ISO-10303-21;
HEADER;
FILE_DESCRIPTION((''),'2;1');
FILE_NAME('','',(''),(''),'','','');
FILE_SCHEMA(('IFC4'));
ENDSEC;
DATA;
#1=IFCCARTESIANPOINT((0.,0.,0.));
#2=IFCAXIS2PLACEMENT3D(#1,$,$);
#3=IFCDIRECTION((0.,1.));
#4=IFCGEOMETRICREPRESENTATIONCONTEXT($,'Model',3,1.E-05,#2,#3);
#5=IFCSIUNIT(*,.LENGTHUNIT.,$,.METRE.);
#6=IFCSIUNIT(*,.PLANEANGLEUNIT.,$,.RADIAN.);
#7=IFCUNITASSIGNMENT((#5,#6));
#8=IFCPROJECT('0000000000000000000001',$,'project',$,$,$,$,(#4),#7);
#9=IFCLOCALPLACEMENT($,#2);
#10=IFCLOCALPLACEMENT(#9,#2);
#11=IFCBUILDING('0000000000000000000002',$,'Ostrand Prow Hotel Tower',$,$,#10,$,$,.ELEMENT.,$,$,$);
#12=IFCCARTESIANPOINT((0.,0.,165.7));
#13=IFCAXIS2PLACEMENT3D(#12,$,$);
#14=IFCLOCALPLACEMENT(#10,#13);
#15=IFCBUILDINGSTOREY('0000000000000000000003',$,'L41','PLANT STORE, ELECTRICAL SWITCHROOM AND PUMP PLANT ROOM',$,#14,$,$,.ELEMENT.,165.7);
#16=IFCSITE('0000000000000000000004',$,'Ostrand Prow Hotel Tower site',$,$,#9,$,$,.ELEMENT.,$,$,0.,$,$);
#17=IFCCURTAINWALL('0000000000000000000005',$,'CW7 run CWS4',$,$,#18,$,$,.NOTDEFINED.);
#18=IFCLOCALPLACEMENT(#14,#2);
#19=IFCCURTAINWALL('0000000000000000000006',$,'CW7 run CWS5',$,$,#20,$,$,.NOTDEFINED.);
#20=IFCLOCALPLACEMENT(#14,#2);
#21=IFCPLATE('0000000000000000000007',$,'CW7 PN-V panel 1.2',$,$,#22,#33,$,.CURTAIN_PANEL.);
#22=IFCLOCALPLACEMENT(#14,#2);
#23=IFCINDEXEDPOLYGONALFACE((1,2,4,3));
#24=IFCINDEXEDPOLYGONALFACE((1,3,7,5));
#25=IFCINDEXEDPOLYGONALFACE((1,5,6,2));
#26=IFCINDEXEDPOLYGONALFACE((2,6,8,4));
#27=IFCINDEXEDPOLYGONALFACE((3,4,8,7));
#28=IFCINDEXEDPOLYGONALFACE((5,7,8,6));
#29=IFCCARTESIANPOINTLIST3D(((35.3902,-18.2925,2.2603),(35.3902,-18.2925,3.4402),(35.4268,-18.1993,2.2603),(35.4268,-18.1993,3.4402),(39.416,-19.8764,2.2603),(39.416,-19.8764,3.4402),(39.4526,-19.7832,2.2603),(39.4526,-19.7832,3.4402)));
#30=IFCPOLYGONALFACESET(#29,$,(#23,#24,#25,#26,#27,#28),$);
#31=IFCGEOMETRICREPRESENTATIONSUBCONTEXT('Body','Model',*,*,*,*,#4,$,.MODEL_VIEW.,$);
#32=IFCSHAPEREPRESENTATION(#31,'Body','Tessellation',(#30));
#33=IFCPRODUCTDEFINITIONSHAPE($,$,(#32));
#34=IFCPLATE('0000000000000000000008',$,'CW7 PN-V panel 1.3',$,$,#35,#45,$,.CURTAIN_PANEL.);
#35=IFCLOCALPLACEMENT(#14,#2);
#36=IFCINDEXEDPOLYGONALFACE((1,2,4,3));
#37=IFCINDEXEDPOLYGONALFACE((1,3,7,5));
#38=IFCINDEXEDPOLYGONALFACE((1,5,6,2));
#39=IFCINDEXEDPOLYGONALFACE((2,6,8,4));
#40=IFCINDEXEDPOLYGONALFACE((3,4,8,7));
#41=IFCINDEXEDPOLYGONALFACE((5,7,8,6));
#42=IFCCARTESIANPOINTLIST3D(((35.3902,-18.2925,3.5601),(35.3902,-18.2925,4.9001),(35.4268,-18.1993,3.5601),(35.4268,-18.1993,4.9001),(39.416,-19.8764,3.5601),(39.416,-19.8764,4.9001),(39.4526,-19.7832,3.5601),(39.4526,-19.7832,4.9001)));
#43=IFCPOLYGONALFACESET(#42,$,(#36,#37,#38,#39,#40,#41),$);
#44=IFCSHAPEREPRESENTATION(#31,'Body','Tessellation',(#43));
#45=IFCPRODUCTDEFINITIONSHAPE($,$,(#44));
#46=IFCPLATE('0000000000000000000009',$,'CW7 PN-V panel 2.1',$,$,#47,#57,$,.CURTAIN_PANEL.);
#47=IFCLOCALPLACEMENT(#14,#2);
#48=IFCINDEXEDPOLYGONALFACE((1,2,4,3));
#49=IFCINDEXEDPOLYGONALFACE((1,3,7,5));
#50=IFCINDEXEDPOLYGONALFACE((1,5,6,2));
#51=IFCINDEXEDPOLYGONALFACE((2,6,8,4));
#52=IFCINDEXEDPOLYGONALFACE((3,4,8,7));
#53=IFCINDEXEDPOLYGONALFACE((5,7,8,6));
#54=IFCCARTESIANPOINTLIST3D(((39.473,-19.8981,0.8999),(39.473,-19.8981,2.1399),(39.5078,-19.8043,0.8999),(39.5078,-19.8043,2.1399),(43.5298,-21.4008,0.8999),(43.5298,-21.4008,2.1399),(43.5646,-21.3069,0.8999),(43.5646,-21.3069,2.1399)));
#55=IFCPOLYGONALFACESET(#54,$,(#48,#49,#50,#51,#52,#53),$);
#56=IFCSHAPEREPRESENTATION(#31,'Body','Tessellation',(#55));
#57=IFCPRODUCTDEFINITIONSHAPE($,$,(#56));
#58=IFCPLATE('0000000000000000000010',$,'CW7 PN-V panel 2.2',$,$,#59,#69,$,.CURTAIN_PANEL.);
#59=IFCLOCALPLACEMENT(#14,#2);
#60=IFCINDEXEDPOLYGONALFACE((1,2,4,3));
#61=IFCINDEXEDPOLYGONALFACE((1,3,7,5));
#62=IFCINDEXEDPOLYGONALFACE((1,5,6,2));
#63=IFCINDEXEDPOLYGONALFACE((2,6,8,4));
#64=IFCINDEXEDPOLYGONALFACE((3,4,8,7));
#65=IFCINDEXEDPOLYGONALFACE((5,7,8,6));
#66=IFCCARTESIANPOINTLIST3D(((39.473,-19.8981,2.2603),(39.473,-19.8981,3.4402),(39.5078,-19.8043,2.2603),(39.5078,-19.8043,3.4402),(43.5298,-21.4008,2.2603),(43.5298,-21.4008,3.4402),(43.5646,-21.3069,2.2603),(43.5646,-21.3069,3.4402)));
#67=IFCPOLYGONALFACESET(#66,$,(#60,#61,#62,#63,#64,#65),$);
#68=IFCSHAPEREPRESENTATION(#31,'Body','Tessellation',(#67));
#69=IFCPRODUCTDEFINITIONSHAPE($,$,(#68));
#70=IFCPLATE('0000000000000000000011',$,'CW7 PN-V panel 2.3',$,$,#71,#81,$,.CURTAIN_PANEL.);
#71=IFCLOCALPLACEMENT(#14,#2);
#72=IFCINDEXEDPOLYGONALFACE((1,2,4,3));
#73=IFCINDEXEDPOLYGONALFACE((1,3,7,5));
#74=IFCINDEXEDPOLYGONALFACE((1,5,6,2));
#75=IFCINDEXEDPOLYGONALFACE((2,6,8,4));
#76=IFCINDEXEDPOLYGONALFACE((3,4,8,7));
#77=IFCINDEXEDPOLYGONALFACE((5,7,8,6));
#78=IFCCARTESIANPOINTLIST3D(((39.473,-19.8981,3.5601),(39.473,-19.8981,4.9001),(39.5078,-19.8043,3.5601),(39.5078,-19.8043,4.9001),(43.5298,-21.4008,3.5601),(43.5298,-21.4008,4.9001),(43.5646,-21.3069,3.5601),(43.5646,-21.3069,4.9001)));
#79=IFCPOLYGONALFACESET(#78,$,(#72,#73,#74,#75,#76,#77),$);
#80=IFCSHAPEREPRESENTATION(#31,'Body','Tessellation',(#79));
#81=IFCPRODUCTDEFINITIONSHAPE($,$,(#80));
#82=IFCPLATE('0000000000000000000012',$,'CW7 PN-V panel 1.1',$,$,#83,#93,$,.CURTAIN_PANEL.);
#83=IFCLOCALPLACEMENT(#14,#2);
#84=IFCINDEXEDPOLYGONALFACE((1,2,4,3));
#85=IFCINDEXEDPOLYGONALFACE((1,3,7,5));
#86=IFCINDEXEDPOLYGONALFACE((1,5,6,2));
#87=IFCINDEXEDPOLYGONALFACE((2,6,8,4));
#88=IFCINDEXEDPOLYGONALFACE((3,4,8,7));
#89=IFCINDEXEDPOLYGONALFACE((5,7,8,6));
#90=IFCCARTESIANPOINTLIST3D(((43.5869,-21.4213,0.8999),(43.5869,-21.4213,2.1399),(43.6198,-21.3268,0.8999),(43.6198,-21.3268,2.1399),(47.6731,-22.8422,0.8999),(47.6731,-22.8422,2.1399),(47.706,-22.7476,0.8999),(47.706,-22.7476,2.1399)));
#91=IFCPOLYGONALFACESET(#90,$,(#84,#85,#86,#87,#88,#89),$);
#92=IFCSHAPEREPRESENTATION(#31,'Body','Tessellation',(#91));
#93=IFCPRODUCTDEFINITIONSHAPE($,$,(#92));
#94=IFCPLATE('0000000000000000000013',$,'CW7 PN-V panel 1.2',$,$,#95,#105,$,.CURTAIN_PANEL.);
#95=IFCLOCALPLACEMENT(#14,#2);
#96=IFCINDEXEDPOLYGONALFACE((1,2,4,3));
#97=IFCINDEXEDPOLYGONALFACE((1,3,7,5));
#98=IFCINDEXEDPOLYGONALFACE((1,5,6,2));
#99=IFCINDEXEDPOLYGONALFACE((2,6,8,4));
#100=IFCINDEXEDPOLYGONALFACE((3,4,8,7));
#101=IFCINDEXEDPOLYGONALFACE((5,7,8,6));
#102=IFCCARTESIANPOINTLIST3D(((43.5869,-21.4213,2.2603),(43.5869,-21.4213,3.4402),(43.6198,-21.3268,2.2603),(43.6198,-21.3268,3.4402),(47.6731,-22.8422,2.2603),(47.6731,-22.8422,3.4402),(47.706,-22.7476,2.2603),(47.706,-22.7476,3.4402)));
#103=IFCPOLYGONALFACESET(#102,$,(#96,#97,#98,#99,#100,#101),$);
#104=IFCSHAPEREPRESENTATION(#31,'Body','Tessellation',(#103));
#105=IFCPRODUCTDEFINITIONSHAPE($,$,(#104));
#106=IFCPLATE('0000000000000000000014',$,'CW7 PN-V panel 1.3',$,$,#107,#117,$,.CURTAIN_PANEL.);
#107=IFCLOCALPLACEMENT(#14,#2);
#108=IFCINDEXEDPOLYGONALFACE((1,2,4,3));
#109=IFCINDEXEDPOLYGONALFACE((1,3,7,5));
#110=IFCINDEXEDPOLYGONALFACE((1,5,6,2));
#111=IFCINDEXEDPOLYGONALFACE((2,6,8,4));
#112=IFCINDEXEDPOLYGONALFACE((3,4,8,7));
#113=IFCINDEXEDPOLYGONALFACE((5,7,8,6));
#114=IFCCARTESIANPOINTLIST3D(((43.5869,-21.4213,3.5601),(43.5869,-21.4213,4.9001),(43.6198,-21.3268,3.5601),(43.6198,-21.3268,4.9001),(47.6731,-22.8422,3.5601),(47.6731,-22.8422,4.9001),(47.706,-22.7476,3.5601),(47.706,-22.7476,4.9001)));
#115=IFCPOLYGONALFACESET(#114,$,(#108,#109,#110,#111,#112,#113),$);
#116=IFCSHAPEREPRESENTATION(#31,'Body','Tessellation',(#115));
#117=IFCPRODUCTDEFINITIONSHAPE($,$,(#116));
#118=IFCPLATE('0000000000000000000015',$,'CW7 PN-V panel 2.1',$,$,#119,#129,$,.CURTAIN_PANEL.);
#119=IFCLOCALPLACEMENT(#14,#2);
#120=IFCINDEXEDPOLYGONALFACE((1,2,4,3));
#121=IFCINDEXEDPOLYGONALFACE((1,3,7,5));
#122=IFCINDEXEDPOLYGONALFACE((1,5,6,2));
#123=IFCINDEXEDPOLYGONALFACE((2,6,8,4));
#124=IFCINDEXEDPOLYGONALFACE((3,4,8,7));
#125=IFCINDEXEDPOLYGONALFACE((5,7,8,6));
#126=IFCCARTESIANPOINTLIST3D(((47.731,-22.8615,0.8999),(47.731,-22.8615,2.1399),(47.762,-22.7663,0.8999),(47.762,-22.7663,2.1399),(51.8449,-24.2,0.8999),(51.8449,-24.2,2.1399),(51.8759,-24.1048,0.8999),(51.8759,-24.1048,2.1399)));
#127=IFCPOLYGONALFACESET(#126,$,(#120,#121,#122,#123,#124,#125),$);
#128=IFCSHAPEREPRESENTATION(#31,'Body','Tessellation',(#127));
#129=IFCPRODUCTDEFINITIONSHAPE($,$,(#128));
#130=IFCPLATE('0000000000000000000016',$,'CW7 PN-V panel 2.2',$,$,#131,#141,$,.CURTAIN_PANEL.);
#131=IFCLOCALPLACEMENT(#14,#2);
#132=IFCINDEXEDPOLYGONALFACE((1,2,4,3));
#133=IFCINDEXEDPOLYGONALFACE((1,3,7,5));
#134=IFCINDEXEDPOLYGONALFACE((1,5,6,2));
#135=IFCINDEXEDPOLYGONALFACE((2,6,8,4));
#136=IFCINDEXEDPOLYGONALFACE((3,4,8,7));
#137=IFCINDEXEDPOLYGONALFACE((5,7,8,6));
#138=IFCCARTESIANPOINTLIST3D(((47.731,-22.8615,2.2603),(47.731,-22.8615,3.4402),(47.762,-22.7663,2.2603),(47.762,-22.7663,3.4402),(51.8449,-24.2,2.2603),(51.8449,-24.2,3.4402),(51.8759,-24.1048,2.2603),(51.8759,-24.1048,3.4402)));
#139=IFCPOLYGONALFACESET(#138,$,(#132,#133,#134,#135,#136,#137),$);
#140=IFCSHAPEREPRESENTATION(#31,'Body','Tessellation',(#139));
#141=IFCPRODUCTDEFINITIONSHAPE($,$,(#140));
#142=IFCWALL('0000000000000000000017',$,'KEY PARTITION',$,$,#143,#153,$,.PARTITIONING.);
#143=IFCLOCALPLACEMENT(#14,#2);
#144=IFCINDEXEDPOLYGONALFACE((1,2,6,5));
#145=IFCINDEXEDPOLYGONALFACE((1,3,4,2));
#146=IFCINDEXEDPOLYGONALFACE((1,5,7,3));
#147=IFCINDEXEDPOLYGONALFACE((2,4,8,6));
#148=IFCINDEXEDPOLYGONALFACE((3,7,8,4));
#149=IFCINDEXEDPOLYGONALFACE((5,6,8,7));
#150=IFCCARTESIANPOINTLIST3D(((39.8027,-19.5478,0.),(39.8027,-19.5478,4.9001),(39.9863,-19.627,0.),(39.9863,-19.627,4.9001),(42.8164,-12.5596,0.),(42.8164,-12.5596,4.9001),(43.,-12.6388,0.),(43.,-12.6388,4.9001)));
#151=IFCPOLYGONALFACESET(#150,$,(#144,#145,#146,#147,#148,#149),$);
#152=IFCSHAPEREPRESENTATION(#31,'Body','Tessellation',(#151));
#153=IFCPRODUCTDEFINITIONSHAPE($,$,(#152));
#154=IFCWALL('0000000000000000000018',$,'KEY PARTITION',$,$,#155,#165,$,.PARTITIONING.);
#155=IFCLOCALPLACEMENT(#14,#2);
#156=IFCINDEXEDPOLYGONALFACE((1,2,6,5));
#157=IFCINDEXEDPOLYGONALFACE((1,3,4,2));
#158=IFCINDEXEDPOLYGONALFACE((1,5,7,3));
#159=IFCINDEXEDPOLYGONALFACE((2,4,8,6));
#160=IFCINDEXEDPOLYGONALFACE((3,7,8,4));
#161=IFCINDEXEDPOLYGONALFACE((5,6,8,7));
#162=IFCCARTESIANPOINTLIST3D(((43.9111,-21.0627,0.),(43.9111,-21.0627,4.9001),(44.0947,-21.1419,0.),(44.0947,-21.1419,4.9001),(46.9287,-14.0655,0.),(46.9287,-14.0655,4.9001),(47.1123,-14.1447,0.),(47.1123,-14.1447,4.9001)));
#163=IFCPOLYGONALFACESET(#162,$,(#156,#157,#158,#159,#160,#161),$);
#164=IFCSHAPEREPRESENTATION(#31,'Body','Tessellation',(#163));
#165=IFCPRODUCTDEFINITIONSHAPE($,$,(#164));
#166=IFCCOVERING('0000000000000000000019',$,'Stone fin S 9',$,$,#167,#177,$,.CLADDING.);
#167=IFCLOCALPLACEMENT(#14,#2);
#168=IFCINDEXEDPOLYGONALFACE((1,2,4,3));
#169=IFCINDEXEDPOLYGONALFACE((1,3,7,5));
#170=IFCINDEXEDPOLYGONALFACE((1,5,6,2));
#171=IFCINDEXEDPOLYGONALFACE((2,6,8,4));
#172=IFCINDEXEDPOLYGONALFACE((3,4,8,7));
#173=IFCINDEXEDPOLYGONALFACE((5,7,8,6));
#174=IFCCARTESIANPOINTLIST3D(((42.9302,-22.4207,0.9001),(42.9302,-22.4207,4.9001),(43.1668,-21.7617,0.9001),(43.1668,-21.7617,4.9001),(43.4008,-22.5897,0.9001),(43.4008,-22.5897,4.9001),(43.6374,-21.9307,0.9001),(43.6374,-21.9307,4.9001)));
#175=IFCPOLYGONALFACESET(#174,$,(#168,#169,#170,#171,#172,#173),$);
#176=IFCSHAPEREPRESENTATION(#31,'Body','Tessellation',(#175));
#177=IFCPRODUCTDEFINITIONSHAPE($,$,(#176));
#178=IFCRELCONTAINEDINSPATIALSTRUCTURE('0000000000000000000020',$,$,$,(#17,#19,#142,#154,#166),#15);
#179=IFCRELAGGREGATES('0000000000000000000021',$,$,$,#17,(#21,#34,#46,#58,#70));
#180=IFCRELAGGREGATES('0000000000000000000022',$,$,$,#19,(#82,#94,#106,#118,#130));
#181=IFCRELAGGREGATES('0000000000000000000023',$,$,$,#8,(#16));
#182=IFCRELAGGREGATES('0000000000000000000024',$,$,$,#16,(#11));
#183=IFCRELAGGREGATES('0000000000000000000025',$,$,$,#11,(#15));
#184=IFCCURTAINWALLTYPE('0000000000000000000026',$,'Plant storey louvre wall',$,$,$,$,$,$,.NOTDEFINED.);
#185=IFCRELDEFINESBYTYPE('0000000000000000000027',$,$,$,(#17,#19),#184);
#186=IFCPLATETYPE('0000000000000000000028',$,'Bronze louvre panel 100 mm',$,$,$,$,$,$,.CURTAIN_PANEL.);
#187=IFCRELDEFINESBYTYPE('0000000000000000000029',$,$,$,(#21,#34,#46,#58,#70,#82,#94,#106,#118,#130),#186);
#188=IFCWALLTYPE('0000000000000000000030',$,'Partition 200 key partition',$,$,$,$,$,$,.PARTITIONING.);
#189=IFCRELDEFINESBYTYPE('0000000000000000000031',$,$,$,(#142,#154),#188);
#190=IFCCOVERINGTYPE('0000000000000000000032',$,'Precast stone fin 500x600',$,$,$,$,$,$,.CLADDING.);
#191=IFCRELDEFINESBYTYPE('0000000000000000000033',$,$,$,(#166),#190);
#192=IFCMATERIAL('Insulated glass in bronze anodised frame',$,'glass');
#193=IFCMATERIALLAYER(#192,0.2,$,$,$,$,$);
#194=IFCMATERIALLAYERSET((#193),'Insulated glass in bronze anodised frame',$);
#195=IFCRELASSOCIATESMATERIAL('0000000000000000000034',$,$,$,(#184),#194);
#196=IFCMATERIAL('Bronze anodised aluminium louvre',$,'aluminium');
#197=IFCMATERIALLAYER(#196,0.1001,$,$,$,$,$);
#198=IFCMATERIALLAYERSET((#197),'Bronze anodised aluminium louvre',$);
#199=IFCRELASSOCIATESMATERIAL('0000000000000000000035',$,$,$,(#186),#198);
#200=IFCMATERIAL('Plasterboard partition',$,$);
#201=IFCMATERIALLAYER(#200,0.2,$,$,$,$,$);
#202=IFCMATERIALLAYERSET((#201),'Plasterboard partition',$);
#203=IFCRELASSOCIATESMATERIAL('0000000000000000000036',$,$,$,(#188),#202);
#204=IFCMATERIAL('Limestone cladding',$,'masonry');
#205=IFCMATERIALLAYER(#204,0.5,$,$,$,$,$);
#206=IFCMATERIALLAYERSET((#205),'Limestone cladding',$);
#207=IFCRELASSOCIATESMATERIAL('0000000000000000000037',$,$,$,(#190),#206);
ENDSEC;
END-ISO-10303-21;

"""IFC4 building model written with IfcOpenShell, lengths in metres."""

from ifc_helpers import new_model, si_unit, direction, frame, frame_2d, origin, origin_2d, place, context, subcontext, project, spatial, rectangle, extrude, material, layer, layer_set, type_object, element, aggregate, save


model = new_model("IFC4")

# Units and contexts
model_context = context("Model", 3, precision=1e-05, world=origin(), true_north=direction((0.0, 1.0)))
body_context = subcontext(model_context, "Body", "Model", "MODEL_VIEW")
ifc_project = project(units=[si_unit("LENGTHUNIT", "METRE"), si_unit("PLANEANGLEUNIT", "RADIAN")], contexts=[model_context])

# Site, building, storey
site_placement = place(None, origin())
site = spatial("IfcSite", under=ifc_project, at=site_placement, Name="Ostrand Prow Hotel Tower site", CompositionType="ELEMENT", RefElevation=0.0)
building_placement = place(site_placement, origin())
building = spatial("IfcBuilding", under=site, at=building_placement, Name="Ostrand Prow Hotel Tower", CompositionType="ELEMENT")
storey_placement = place(building_placement, frame((0.0, 0.0, 165.7)))
storey = spatial("IfcBuildingStorey", under=building, at=storey_placement, Name="L41", Description="PLANT STORE, ELECTRICAL SWITCHROOM AND PUMP PLANT ROOM", CompositionType="ELEMENT", Elevation=165.7)

# Curtain wall
ifc_material_1 = material(Name="Insulated glass in bronze anodised frame", Category="glass")
ifc_layer_1 = layer(ifc_material_1, 0.2)
ifc_layer_set_1 = layer_set([ifc_layer_1], Name="Insulated glass in bronze anodised frame")
curtain_wall_type = type_object("IfcCurtainWallType", Name="Plant storey louvre wall", PredefinedType="NOTDEFINED", material=ifc_layer_set_1)
curtain_wall_1_placement = place(storey_placement, origin())
curtain_wall_1 = element("IfcCurtainWall", 1, at=curtain_wall_1_placement, inside=storey, type_object=curtain_wall_type, Name="CW7 run CWS4", PredefinedType="NOTDEFINED")

# Curtain wall
curtain_wall_2_placement = place(storey_placement, origin())
curtain_wall_2 = element("IfcCurtainWall", 2, at=curtain_wall_2_placement, inside=storey, type_object=curtain_wall_type, Name="CW7 run CWS5", PredefinedType="NOTDEFINED")

# Plates
ifc_material_2 = material(Name="Bronze anodised aluminium louvre", Category="aluminium")
ifc_layer_2 = layer(ifc_material_2, 0.1001)
ifc_layer_set_2 = layer_set([ifc_layer_2], Name="Bronze anodised aluminium louvre")
plate_type = type_object("IfcPlateType", Name="Bronze louvre panel 100 mm", PredefinedType="CURTAIN_PANEL", material=ifc_layer_set_2)
plate_1_placement = place(storey_placement, frame((37.4214, -19.0378, 2.2603), z_axis=(0.0, 0.0, 1.0), x_axis=(0.930569, -0.366116, 0.0)))
plate_1 = element("IfcPlate", 3, at=plate_1_placement, type_object=plate_type, Name="CW7 PN-V panel 1.2", PredefinedType="CURTAIN_PANEL", context=body_context, shape_type="SweptSolid", body=[
    extrude(rectangle(XDim=4.3262, YDim=0.1001, at=origin_2d()), origin(), (0.0, 0.0, 1.0), 1.1799),
])
plate_2_placement = place(storey_placement, frame((37.4214, -19.0378, 3.5601), z_axis=(0.0, 0.0, 1.0), x_axis=(0.930569, -0.366116, 0.0)))
plate_2 = element("IfcPlate", 4, at=plate_2_placement, type_object=plate_type, Name="CW7 PN-V panel 1.3", PredefinedType="CURTAIN_PANEL", context=body_context, shape_type="SweptSolid", body=[
    extrude(rectangle(XDim=4.3262, YDim=0.1001, at=origin_2d()), origin(), (0.0, 0.0, 1.0), 1.3401),
])
plate_3_placement = place(storey_placement, frame((41.5188, -20.6025, 0.8999), z_axis=(0.0, 0.0, 1.0), x_axis=(0.937739, -0.347342, 0.0)))
plate_3 = element("IfcPlate", 5, at=plate_3_placement, type_object=plate_type, Name="CW7 PN-V panel 2.1", PredefinedType="CURTAIN_PANEL", context=body_context, shape_type="SweptSolid", body=[
    extrude(rectangle(XDim=4.3262, YDim=0.1001, at=origin_2d()), origin(), (0.0, 0.0, 1.0), 1.24),
])
plate_4_placement = place(storey_placement, frame((41.5188, -20.6025, 2.2603), z_axis=(0.0, 0.0, 1.0), x_axis=(0.937739, -0.347342, 0.0)))
plate_4 = element("IfcPlate", 6, at=plate_4_placement, type_object=plate_type, Name="CW7 PN-V panel 2.2", PredefinedType="CURTAIN_PANEL", context=body_context, shape_type="SweptSolid", body=[
    extrude(rectangle(XDim=4.3262, YDim=0.1001, at=origin_2d()), origin(), (0.0, 0.0, 1.0), 1.1799),
])
plate_5_placement = place(storey_placement, frame((41.5188, -20.6025, 3.5601), z_axis=(0.0, 0.0, 1.0), x_axis=(0.937739, -0.347342, 0.0)))
plate_5 = element("IfcPlate", 7, at=plate_5_placement, type_object=plate_type, Name="CW7 PN-V panel 2.3", PredefinedType="CURTAIN_PANEL", context=body_context, shape_type="SweptSolid", body=[
    extrude(rectangle(XDim=4.3262, YDim=0.1001, at=origin_2d()), origin(), (0.0, 0.0, 1.0), 1.3401),
])
aggregate(curtain_wall_1, [plate_1, plate_2, plate_3, plate_4, plate_5])
plate_6_placement = place(storey_placement, frame((45.6465, -22.0845, 0.8999), z_axis=(0.0, 0.0, 1.0), x_axis=(0.944529, -0.328428, 0.0)))
plate_6 = element("IfcPlate", 8, at=plate_6_placement, type_object=plate_type, Name="CW7 PN-V panel 1.1", PredefinedType="CURTAIN_PANEL", context=body_context, shape_type="SweptSolid", body=[
    extrude(rectangle(XDim=4.3262, YDim=0.1001, at=origin_2d()), origin(), (0.0, 0.0, 1.0), 1.24),
])
plate_7_placement = place(storey_placement, frame((45.6465, -22.0845, 2.2603), z_axis=(0.0, 0.0, 1.0), x_axis=(0.944529, -0.328428, 0.0)))
plate_7 = element("IfcPlate", 9, at=plate_7_placement, type_object=plate_type, Name="CW7 PN-V panel 1.2", PredefinedType="CURTAIN_PANEL", context=body_context, shape_type="SweptSolid", body=[
    extrude(rectangle(XDim=4.3262, YDim=0.1001, at=origin_2d()), origin(), (0.0, 0.0, 1.0), 1.1799),
])
plate_8_placement = place(storey_placement, frame((45.6465, -22.0845, 3.5601), z_axis=(0.0, 0.0, 1.0), x_axis=(0.944529, -0.328428, 0.0)))
plate_8 = element("IfcPlate", 10, at=plate_8_placement, type_object=plate_type, Name="CW7 PN-V panel 1.3", PredefinedType="CURTAIN_PANEL", context=body_context, shape_type="SweptSolid", body=[
    extrude(rectangle(XDim=4.3262, YDim=0.1001, at=origin_2d()), origin(), (0.0, 0.0, 1.0), 1.3401),
])
plate_9_placement = place(storey_placement, frame((49.8035, -23.4832, 0.8999), z_axis=(0.0, 0.0, 1.0), x_axis=(0.950938, -0.30938, 0.0)))
plate_9 = element("IfcPlate", 11, at=plate_9_placement, type_object=plate_type, Name="CW7 PN-V panel 2.1", PredefinedType="CURTAIN_PANEL", context=body_context, shape_type="SweptSolid", body=[
    extrude(rectangle(XDim=4.3262, YDim=0.1001, at=origin_2d()), origin(), (0.0, 0.0, 1.0), 1.24),
])
plate_10_placement = place(storey_placement, frame((49.8035, -23.4832, 2.2603), z_axis=(0.0, 0.0, 1.0), x_axis=(0.950938, -0.30938, 0.0)))
plate_10 = element("IfcPlate", 12, at=plate_10_placement, type_object=plate_type, Name="CW7 PN-V panel 2.2", PredefinedType="CURTAIN_PANEL", context=body_context, shape_type="SweptSolid", body=[
    extrude(rectangle(XDim=4.3262, YDim=0.1001, at=origin_2d()), origin(), (0.0, 0.0, 1.0), 1.1799),
])
aggregate(curtain_wall_2, [plate_6, plate_7, plate_8, plate_9, plate_10])

# Walls
ifc_material_3 = material(Name="Plasterboard partition")
ifc_layer_3 = layer(ifc_material_3, 0.2)
ifc_layer_set_3 = layer_set([ifc_layer_3], Name="Plasterboard partition")
wall_type = type_object("IfcWallType", Name="Partition 200 key partition", PredefinedType="PARTITIONING", material=ifc_layer_set_3)
wall_1_placement = place(storey_placement, frame((39.8945, -19.5874, 0.0), z_axis=(0.0, 0.0, 1.0), x_axis=(0.395994, 0.918253, 0.0)))
element("IfcWall", 13, at=wall_1_placement, inside=storey, type_object=wall_type, Name="KEY PARTITION", PredefinedType="PARTITIONING", context=body_context, shape_type="SweptSolid", body=[
    extrude(rectangle(XDim=7.6104, YDim=0.2, at=frame_2d((3.8052, 0.0))), origin(), (0.0, 0.0, 1.0), 4.9001),
])
wall_2_placement = place(storey_placement, frame((44.0029, -21.1023, 0.0), z_axis=(0.0, 0.0, 1.0), x_axis=(0.396006, 0.918248, 0.0)))
element("IfcWall", 14, at=wall_2_placement, inside=storey, type_object=wall_type, Name="KEY PARTITION", PredefinedType="PARTITIONING", context=body_context, shape_type="SweptSolid", body=[
    extrude(rectangle(XDim=7.6201, YDim=0.2, at=frame_2d((3.8101, 0.0))), origin(), (0.0, 0.0, 1.0), 4.9001),
])

# Covering
ifc_material_4 = material(Name="Limestone cladding", Category="masonry")
ifc_layer_4 = layer(ifc_material_4, 0.5)
ifc_layer_set_4 = layer_set([ifc_layer_4], Name="Limestone cladding")
covering_type = type_object("IfcCoveringType", Name="Precast stone fin 500x600", PredefinedType="CLADDING", material=ifc_layer_set_4)
covering_placement = place(storey_placement, frame((43.4021, -21.8462, 0.9001), z_axis=(0.0, 0.0, 1.0), x_axis=(-0.337904, -0.94118, 0.0)))
element("IfcCovering", 15, at=covering_placement, inside=storey, type_object=covering_type, Name="Stone fin S 9", PredefinedType="CLADDING", context=body_context, shape_type="SweptSolid", body=[
    extrude(rectangle(XDim=0.7002, YDim=0.5, at=frame_2d((0.3501, 0.0))), origin(), (0.0, 0.0, 1.0), 4.0),
])

save(model, "model.ifc")
